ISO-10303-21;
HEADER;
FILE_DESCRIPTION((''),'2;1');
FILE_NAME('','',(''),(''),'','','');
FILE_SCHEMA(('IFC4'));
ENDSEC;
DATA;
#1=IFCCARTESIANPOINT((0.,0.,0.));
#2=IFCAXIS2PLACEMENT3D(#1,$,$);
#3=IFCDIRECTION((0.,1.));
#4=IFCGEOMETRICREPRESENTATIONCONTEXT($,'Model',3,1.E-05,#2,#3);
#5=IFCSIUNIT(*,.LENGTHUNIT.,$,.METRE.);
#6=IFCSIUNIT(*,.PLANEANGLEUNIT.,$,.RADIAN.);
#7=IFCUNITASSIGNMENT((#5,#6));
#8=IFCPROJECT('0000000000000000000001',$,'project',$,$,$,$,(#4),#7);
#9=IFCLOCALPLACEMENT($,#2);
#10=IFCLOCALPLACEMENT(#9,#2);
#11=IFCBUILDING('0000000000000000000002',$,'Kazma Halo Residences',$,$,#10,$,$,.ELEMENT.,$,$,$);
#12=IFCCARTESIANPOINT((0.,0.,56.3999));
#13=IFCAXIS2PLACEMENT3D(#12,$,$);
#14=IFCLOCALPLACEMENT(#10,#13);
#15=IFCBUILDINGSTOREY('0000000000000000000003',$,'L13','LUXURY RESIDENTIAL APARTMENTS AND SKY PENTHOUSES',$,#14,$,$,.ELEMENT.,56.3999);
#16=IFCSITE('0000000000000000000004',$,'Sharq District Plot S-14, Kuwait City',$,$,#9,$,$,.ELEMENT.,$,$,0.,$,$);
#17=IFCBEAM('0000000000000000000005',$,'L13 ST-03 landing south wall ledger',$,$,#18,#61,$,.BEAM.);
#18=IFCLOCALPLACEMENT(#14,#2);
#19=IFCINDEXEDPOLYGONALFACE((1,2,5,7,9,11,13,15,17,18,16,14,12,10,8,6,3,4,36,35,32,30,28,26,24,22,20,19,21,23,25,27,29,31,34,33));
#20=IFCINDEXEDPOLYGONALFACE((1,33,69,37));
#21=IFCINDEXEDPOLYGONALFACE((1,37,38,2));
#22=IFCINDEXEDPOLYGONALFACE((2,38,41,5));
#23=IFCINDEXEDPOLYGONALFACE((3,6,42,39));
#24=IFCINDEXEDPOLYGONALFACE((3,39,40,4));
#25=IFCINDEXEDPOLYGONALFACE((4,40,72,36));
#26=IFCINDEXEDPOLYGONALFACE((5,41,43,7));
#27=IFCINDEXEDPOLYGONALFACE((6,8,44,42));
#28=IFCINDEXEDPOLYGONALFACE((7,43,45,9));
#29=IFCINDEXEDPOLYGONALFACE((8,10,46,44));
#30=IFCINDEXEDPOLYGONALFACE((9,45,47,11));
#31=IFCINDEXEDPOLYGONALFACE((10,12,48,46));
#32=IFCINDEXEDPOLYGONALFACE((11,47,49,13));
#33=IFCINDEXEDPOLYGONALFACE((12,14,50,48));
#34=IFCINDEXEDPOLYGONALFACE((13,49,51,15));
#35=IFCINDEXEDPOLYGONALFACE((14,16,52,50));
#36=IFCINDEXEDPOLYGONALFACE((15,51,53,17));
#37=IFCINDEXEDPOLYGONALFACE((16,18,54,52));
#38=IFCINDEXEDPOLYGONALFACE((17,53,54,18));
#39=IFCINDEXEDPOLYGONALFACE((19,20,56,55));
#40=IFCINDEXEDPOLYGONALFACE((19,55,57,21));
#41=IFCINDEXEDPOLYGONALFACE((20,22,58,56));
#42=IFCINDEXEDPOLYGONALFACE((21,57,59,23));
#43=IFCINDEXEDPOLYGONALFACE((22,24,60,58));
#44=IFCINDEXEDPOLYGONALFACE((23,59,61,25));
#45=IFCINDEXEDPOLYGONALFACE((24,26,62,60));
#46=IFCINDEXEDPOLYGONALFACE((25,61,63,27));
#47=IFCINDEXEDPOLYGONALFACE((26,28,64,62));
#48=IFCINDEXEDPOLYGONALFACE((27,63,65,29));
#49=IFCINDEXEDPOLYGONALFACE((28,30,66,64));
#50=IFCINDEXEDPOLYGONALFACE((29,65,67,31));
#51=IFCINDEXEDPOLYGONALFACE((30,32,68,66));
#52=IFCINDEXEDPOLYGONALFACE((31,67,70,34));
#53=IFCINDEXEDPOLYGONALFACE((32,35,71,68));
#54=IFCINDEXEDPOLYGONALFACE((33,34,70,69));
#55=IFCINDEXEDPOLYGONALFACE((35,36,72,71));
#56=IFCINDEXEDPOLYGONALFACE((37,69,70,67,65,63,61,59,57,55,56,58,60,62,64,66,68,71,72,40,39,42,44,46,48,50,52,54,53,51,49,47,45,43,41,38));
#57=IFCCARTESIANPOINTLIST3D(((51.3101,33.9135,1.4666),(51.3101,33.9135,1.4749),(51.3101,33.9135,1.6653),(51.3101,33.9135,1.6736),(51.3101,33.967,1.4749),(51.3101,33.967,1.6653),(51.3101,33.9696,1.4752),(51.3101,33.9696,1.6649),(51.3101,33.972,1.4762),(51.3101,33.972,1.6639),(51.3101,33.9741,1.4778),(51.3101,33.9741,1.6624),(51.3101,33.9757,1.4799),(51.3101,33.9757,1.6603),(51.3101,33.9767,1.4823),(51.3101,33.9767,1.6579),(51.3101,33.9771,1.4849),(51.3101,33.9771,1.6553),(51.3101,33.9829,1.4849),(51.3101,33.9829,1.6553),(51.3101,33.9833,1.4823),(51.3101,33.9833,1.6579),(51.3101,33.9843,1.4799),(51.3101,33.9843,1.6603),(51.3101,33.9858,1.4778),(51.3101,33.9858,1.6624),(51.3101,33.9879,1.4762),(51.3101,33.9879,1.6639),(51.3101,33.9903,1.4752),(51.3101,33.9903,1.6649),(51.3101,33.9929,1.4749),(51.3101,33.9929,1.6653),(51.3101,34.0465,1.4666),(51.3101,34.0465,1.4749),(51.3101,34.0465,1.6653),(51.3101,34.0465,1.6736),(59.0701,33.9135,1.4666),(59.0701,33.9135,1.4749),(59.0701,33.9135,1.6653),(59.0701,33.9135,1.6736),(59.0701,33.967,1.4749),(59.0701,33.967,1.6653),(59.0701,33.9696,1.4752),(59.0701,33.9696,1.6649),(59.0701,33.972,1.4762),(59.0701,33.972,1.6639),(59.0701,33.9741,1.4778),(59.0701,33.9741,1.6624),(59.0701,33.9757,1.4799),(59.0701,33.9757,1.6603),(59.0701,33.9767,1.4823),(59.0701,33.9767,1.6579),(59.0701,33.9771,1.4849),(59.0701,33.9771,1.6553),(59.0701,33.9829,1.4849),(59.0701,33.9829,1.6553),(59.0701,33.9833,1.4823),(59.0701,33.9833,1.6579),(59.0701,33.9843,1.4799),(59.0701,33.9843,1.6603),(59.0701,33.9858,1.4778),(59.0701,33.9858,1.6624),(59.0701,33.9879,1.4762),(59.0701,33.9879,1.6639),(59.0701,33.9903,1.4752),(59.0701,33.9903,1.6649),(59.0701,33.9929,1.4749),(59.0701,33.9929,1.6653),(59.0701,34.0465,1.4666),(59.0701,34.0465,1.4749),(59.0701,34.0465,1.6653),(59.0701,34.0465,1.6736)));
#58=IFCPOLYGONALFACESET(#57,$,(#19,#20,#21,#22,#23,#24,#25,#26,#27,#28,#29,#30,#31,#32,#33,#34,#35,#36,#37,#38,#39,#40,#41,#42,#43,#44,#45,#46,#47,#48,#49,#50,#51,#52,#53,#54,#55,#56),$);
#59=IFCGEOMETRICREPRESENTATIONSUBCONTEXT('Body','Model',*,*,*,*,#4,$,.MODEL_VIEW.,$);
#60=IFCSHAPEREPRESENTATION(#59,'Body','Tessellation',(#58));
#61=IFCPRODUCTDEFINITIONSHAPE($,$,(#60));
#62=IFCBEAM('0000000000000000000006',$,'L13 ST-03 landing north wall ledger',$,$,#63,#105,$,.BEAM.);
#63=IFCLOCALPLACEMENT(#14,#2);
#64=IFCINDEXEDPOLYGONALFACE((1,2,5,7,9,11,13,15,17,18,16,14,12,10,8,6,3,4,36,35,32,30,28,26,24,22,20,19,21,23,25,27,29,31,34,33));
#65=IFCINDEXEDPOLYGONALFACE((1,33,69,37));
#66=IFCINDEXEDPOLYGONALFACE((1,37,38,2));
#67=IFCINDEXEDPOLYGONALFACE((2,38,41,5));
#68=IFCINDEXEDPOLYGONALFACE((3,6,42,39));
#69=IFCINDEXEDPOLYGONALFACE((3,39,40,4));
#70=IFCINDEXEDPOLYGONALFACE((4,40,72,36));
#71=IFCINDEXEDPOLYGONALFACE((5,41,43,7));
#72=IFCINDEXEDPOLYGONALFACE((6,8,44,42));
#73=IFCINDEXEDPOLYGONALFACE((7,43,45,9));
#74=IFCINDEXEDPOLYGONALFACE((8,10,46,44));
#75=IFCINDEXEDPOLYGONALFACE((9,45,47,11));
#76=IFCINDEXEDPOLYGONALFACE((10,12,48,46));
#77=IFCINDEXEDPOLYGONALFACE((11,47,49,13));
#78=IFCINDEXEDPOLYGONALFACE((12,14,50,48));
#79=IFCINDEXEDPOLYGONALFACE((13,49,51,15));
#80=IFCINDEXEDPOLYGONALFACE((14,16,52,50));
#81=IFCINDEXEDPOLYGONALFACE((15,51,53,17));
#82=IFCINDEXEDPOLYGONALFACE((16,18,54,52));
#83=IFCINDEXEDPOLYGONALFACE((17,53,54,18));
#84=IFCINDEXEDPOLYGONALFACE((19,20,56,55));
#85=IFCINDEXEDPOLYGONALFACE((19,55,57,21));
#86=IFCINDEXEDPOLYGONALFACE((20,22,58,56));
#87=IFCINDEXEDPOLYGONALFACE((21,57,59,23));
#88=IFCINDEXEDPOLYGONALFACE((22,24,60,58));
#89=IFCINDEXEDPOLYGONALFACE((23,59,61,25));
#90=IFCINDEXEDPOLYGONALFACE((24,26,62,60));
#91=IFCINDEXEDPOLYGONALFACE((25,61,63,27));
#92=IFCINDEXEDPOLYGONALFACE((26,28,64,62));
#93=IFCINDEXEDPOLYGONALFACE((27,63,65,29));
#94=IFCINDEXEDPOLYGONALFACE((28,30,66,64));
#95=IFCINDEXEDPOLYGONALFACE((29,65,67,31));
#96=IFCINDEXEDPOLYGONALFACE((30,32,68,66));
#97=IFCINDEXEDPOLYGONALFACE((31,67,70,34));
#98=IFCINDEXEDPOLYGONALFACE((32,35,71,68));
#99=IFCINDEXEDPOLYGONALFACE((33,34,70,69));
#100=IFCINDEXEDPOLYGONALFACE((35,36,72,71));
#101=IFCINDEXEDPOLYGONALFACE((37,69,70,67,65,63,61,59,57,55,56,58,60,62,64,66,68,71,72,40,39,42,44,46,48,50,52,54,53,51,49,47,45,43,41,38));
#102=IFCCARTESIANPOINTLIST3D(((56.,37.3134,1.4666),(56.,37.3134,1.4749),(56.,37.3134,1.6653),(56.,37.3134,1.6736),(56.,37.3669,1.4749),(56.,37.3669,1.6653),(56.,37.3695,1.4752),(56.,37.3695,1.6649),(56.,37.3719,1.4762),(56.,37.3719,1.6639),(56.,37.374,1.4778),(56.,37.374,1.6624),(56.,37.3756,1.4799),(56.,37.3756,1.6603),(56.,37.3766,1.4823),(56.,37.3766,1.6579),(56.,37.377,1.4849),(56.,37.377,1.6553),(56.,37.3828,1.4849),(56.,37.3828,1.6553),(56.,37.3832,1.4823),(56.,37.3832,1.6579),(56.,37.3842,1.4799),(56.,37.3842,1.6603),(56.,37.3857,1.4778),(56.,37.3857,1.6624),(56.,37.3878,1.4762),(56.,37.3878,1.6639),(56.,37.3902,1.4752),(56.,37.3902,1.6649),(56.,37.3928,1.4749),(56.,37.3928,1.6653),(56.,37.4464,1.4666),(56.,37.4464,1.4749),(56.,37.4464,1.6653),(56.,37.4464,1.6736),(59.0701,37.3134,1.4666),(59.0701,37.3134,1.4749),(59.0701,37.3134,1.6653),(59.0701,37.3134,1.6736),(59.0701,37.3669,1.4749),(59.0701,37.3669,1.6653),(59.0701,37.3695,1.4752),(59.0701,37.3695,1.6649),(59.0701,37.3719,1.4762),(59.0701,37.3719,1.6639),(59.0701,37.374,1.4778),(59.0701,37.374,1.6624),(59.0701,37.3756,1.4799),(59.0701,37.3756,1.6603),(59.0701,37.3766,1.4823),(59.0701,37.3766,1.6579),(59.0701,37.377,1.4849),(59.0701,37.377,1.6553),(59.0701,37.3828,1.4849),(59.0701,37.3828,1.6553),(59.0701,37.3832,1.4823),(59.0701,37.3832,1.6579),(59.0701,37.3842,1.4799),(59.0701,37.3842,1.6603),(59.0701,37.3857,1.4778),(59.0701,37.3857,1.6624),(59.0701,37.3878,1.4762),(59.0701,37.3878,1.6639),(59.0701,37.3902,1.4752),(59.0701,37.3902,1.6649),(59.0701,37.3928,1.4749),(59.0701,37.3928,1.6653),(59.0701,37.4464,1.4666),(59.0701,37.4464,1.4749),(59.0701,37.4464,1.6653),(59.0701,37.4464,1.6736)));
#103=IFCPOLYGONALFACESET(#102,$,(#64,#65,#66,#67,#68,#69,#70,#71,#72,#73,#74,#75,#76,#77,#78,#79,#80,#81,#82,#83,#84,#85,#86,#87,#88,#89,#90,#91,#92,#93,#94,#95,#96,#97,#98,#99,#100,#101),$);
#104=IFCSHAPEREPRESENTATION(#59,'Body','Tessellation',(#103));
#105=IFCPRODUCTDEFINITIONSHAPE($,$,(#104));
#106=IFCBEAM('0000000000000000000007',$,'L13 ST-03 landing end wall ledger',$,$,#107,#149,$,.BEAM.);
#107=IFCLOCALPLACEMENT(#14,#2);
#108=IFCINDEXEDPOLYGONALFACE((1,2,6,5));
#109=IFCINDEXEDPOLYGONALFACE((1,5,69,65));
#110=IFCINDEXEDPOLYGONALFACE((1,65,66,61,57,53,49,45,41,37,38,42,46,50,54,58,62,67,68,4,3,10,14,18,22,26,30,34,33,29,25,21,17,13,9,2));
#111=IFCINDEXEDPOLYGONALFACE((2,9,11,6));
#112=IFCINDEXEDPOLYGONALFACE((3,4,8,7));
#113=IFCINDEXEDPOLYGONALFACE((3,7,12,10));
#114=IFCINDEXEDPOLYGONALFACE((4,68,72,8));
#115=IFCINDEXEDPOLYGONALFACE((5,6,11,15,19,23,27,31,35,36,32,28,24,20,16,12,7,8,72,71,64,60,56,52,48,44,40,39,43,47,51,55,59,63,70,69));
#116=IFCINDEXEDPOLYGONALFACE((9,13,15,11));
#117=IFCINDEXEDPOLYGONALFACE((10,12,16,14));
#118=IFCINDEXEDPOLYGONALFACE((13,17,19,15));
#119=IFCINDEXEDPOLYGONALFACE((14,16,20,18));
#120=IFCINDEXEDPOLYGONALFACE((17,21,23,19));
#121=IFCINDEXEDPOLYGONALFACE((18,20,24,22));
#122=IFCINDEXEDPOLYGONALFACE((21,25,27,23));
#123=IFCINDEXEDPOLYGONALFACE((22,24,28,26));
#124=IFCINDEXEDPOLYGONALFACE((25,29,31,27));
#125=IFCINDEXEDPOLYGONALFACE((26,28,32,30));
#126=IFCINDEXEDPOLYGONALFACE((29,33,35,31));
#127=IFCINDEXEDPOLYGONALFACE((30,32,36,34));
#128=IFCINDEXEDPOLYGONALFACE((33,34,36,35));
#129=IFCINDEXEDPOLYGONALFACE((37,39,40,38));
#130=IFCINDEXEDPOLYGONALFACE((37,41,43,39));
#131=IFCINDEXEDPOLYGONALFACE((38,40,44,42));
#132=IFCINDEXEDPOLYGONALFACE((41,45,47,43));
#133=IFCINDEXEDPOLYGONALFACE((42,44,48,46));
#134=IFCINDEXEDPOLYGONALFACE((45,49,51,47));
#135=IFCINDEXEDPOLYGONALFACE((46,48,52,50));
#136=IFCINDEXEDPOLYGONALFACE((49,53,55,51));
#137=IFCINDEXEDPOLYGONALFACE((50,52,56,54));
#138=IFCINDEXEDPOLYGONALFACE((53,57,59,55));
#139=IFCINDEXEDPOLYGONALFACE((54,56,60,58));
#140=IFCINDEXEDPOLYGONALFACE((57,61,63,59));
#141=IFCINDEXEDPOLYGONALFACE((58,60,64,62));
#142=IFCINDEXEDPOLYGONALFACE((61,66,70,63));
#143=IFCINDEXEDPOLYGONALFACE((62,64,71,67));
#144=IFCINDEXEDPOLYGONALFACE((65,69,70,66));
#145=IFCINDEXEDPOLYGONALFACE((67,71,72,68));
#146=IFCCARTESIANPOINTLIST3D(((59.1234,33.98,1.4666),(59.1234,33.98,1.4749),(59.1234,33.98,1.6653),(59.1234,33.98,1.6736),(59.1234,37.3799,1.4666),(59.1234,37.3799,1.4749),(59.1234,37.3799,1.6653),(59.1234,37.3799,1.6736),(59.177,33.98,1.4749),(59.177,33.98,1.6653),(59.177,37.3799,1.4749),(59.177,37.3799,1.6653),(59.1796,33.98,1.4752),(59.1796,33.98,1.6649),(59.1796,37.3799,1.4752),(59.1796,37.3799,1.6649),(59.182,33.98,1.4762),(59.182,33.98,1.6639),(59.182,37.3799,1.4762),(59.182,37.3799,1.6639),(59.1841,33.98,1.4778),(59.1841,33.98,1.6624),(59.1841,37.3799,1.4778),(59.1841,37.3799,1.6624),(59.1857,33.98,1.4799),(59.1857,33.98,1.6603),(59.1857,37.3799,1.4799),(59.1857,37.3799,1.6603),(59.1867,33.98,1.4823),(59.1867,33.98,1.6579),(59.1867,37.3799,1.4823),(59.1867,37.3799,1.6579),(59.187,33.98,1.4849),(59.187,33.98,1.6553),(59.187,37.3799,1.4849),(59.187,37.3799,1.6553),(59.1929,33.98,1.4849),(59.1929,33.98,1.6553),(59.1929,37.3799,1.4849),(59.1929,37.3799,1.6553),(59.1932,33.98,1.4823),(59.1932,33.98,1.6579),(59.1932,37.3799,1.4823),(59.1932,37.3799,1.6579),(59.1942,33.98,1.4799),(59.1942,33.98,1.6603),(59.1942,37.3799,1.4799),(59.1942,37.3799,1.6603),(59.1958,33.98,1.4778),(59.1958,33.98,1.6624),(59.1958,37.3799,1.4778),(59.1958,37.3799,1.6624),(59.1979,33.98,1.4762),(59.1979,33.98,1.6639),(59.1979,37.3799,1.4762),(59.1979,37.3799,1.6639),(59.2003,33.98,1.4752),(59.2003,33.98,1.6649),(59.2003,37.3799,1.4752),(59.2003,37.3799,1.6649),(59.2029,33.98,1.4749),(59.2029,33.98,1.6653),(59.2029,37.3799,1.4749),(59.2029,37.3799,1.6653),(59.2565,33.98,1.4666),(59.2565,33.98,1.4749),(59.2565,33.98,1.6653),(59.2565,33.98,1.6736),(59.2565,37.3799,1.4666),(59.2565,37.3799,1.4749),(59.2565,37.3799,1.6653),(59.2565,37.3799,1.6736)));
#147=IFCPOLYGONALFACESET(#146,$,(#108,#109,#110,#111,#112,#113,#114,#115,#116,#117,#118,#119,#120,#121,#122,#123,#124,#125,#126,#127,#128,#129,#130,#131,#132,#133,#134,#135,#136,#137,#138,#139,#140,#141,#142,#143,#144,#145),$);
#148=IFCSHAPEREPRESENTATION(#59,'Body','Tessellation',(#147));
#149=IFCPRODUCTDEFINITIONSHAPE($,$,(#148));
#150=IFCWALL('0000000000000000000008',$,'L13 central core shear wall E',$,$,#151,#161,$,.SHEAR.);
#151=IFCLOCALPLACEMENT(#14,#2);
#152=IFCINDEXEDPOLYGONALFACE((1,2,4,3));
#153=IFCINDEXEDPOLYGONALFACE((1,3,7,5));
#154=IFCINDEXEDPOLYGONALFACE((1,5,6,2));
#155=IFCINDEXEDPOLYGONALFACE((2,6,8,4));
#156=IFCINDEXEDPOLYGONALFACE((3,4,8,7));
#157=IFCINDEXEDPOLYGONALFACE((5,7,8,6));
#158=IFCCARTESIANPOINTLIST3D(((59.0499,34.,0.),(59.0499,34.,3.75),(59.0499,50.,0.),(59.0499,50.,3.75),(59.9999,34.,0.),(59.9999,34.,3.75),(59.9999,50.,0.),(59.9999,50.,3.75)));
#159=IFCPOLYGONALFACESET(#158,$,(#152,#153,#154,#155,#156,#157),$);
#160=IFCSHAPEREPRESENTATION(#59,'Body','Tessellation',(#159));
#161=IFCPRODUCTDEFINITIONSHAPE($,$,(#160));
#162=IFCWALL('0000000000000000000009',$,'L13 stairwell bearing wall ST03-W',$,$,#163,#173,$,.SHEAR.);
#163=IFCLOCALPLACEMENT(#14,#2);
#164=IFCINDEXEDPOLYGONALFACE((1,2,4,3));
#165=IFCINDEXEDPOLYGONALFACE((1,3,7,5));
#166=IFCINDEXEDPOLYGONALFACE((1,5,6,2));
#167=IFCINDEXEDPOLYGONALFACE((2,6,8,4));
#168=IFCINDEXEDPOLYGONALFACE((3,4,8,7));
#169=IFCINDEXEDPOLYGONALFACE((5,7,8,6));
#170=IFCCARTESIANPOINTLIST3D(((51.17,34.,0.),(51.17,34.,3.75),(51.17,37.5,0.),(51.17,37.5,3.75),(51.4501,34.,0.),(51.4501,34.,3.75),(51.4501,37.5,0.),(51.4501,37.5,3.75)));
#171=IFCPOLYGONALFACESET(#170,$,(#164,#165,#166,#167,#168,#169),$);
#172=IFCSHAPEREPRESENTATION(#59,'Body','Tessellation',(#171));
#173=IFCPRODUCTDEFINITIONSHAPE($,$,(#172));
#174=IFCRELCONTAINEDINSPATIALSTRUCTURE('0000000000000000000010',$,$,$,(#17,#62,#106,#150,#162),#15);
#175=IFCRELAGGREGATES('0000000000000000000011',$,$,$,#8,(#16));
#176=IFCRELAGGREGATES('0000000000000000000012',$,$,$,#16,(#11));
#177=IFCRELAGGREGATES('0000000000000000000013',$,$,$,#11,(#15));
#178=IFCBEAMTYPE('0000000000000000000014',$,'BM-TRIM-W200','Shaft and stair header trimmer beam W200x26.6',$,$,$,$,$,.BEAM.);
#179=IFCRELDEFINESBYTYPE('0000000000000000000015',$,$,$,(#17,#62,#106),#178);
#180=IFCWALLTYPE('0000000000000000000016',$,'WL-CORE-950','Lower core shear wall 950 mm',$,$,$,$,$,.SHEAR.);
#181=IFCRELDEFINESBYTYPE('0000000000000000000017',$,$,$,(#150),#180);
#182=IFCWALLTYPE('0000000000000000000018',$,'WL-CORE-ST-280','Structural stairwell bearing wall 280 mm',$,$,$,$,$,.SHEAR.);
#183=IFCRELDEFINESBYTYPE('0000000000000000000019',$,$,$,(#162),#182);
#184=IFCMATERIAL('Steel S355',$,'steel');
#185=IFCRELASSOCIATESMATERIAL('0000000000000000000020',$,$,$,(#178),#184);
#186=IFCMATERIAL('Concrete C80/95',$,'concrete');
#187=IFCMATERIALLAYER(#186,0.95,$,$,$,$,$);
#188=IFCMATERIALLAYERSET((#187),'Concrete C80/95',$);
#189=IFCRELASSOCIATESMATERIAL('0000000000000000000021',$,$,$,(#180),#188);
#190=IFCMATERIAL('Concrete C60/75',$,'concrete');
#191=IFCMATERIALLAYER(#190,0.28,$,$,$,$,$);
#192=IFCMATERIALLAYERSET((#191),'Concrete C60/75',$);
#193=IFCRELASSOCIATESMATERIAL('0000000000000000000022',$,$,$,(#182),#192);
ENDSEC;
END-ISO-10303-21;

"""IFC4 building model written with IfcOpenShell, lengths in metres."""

from ifc_helpers import new_model, si_unit, direction, frame, frame_2d, origin, origin_2d, place, context, subcontext, project, spatial, rectangle, i_section, extrude, material, layer, layer_set, material_profile, profile_set, type_object, element, save


model = new_model("IFC4")

# Units and contexts
model_context = context("Model", 3, precision=1e-05, world=origin(), true_north=direction((0.0, 1.0)))
body_context = subcontext(model_context, "Body", "Model", "MODEL_VIEW")
ifc_project = project(units=[si_unit("LENGTHUNIT", "METRE"), si_unit("PLANEANGLEUNIT", "RADIAN")], contexts=[model_context])

# Site, building, storey
site_placement = place(None, origin())
site = spatial("IfcSite", under=ifc_project, at=site_placement, Name="Sharq District Plot S-14, Kuwait City", CompositionType="ELEMENT", RefElevation=0.0)
building_placement = place(site_placement, origin())
building = spatial("IfcBuilding", under=site, at=building_placement, Name="Kazma Halo Residences", CompositionType="ELEMENT")
storey_placement = place(building_placement, frame((0.0, 0.0, 56.3999)))
storey = spatial("IfcBuildingStorey", under=building, at=storey_placement, Name="L13", Description="LUXURY RESIDENTIAL APARTMENTS AND SKY PENTHOUSES", CompositionType="ELEMENT", Elevation=56.3999)

# Shared definitions
ifc_material_1 = material(Name="Steel S355", Category="steel")

# Beams
ifc_material_profile_1 = material_profile(ifc_material_1, i_section(OverallWidth=0.1331, OverallDepth=0.207, WebThickness=0.0059, FlangeThickness=0.0083, FilletRadius=0.01, at=origin_2d()), Name="W200x26.6")
ifc_profile_set_1 = profile_set([ifc_material_profile_1], Name="Steel S355")
beam_type_1 = type_object("IfcBeamType", Name="BM-TRIM-W200", Description="Shaft and stair header trimmer beam W200x26.6", PredefinedType="BEAM", material=ifc_profile_set_1)
beam_1_placement = place(storey_placement, frame((51.3101, 33.98, 1.5701), z_axis=(1.0, 0.0, 0.0), x_axis=(0.0, 1.0, 0.0)))
element("IfcBeam", 1, at=beam_1_placement, inside=storey, type_object=beam_type_1, Name="L13 ST-03 landing south wall ledger", PredefinedType="BEAM", context=body_context, shape_type="SweptSolid", body=[
    extrude(i_section(OverallWidth=0.1331, OverallDepth=0.207, WebThickness=0.0059, FlangeThickness=0.0083, FilletRadius=0.01, at=origin_2d()), origin(), (0.0, 0.0, 1.0), 7.76),
])
beam_2_placement = place(storey_placement, frame((56.0, 37.3799, 1.5701), z_axis=(1.0, 0.0, 0.0), x_axis=(0.0, 1.0, 0.0)))
element("IfcBeam", 2, at=beam_2_placement, inside=storey, type_object=beam_type_1, Name="L13 ST-03 landing north wall ledger", PredefinedType="BEAM", context=body_context, shape_type="SweptSolid", body=[
    extrude(i_section(OverallWidth=0.1331, OverallDepth=0.207, WebThickness=0.0059, FlangeThickness=0.0083, FilletRadius=0.01, at=origin_2d()), origin(), (0.0, 0.0, 1.0), 3.0701),
])
beam_3_placement = place(storey_placement, frame((59.1899, 33.98, 1.5701), z_axis=(0.0, 1.0, 0.0), x_axis=(-1.0, 0.0, 0.0)))
element("IfcBeam", 3, at=beam_3_placement, inside=storey, type_object=beam_type_1, Name="L13 ST-03 landing end wall ledger", PredefinedType="BEAM", context=body_context, shape_type="SweptSolid", body=[
    extrude(i_section(OverallWidth=0.1331, OverallDepth=0.207, WebThickness=0.0059, FlangeThickness=0.0083, FilletRadius=0.01, at=origin_2d()), origin(), (0.0, 0.0, 1.0), 3.3999),
])

# Walls
ifc_material_2 = material(Name="Concrete C80/95", Category="concrete")
ifc_layer_1 = layer(ifc_material_2, 0.95)
ifc_layer_set_1 = layer_set([ifc_layer_1], Name="Concrete C80/95")
wall_type_1 = type_object("IfcWallType", Name="WL-CORE-950", Description="Lower core shear wall 950 mm", PredefinedType="SHEAR", material=ifc_layer_set_1)
wall_1_placement = place(storey_placement, frame((59.5249, 34.0, 0.0), z_axis=(0.0, 0.0, 1.0), x_axis=(0.0, 1.0, 0.0)))
element("IfcWall", 4, at=wall_1_placement, inside=storey, type_object=wall_type_1, Name="L13 central core shear wall E", PredefinedType="SHEAR", context=body_context, shape_type="SweptSolid", body=[
    extrude(rectangle(XDim=16.0, YDim=0.95, at=frame_2d((8.0, 0.0))), origin(), (0.0, 0.0, 1.0), 3.75),
])
ifc_material_3 = material(Name="Concrete C60/75", Category="concrete")
ifc_layer_2 = layer(ifc_material_3, 0.28)
ifc_layer_set_2 = layer_set([ifc_layer_2], Name="Concrete C60/75")
wall_type_2 = type_object("IfcWallType", Name="WL-CORE-ST-280", Description="Structural stairwell bearing wall 280 mm", PredefinedType="SHEAR", material=ifc_layer_set_2)
wall_2_placement = place(storey_placement, frame((51.3101, 34.0, 0.0), z_axis=(0.0, 0.0, 1.0), x_axis=(0.0, 1.0, 0.0)))
element("IfcWall", 5, at=wall_2_placement, inside=storey, type_object=wall_type_2, Name="L13 stairwell bearing wall ST03-W", PredefinedType="SHEAR", context=body_context, shape_type="SweptSolid", body=[
    extrude(rectangle(XDim=3.5, YDim=0.28, at=frame_2d((1.75, 0.0))), origin(), (0.0, 0.0, 1.0), 3.75),
])

save(model, "model.ifc")
